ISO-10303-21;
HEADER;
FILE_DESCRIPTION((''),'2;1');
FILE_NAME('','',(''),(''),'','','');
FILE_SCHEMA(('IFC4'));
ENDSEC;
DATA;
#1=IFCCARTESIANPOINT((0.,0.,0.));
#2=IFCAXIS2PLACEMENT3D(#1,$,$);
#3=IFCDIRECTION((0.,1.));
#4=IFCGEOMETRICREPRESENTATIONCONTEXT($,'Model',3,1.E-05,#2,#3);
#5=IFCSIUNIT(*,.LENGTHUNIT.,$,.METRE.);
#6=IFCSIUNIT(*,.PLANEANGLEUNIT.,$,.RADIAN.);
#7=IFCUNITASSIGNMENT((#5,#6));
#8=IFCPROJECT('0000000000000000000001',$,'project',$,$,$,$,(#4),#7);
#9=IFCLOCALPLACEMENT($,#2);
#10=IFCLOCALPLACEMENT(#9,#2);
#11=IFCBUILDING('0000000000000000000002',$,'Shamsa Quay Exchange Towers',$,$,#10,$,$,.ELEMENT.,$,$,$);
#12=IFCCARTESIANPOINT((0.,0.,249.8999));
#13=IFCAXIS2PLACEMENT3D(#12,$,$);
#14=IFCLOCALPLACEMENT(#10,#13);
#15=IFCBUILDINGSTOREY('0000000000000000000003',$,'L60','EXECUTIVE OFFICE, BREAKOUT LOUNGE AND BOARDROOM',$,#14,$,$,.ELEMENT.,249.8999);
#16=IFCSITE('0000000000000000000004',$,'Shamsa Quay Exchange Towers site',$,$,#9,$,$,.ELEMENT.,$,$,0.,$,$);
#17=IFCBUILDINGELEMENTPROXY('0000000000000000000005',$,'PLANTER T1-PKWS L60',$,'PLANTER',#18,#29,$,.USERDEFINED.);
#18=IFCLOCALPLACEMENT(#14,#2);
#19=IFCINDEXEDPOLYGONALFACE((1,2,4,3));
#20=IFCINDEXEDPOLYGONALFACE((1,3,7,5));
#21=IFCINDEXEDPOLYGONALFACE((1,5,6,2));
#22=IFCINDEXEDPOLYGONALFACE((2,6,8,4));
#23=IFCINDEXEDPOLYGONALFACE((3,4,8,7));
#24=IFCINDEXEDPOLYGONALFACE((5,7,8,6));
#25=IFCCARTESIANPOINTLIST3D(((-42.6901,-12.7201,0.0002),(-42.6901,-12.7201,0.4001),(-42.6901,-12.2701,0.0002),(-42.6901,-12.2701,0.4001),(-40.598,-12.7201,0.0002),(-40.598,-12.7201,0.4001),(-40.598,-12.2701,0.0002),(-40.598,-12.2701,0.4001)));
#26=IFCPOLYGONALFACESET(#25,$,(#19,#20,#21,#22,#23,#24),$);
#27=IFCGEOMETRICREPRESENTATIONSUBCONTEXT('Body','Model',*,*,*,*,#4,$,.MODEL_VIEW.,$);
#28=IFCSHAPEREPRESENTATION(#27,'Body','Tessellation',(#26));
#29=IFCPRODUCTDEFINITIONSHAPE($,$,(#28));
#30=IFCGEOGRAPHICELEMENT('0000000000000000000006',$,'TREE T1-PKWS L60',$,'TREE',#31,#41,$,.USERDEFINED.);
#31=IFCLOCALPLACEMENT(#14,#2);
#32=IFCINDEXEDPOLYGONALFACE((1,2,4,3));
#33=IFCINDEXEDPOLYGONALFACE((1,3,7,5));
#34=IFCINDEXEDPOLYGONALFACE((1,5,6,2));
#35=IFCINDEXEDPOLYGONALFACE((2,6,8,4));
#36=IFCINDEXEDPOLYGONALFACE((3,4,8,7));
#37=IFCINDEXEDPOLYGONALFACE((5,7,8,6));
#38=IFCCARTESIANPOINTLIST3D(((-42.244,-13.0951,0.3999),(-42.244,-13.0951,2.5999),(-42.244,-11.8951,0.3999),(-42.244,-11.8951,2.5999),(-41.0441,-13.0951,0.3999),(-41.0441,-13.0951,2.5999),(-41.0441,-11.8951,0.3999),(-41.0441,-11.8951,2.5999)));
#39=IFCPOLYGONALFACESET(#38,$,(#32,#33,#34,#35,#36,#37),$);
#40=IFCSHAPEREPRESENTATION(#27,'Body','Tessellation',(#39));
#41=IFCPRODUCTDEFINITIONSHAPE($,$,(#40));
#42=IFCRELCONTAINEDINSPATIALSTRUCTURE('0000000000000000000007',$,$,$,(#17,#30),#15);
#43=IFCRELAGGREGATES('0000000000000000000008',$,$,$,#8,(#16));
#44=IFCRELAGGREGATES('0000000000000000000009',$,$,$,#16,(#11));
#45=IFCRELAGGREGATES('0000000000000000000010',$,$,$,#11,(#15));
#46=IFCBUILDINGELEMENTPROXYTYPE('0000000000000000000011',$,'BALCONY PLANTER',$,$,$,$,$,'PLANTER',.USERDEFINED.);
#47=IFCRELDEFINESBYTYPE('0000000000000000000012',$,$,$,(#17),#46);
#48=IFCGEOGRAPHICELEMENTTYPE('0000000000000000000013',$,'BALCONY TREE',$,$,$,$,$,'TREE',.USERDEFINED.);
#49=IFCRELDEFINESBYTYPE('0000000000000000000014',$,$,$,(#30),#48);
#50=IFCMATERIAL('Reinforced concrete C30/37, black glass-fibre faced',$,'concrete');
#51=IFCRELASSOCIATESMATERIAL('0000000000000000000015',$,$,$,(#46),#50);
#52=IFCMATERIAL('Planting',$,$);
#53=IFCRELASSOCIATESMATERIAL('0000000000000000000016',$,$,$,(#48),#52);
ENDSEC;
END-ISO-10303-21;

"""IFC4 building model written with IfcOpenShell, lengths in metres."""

from ifc_helpers import new_model, si_unit, direction, frame, origin, origin_2d, place, context, subcontext, project, spatial, rectangle, extrude, material, type_object, element, save


model = new_model("IFC4")

# Units and contexts
model_context = context("Model", 3, precision=1e-05, world=origin(), true_north=direction((0.0, 1.0)))
body_context = subcontext(model_context, "Body", "Model", "MODEL_VIEW")
ifc_project = project(units=[si_unit("LENGTHUNIT", "METRE"), si_unit("PLANEANGLEUNIT", "RADIAN")], contexts=[model_context])

# Site, building, storey
site_placement = place(None, origin())
site = spatial("IfcSite", under=ifc_project, at=site_placement, Name="Shamsa Quay Exchange Towers site", CompositionType="ELEMENT", RefElevation=0.0)
building_placement = place(site_placement, origin())
building = spatial("IfcBuilding", under=site, at=building_placement, Name="Shamsa Quay Exchange Towers", CompositionType="ELEMENT")
storey_placement = place(building_placement, frame((0.0, 0.0, 249.8999)))
storey = spatial("IfcBuildingStorey", under=building, at=storey_placement, Name="L60", Description="EXECUTIVE OFFICE, BREAKOUT LOUNGE AND BOARDROOM", CompositionType="ELEMENT", Elevation=249.8999)

# Building element proxy
ifc_material_1 = material(Name="Reinforced concrete C30/37, black glass-fibre faced", Category="concrete")
building_element_proxy_type = type_object("IfcBuildingElementProxyType", Name="BALCONY PLANTER", ElementType="PLANTER", PredefinedType="USERDEFINED", material=ifc_material_1)
proxy_placement = place(storey_placement, frame((-41.644, -12.4951, 0.0002)))
element("IfcBuildingElementProxy", 1, at=proxy_placement, inside=storey, type_object=building_element_proxy_type, Name="PLANTER T1-PKWS L60", ObjectType="PLANTER", PredefinedType="USERDEFINED", context=body_context, shape_type="SweptSolid", body=[
    extrude(rectangle(XDim=2.092, YDim=0.45, at=origin_2d()), origin(), (0.0, 0.0, 1.0), 0.3999),
])

# Geographic element
ifc_material_2 = material(Name="Planting")
geographic_element_type = type_object("IfcGeographicElementType", Name="BALCONY TREE", ElementType="TREE", PredefinedType="USERDEFINED", material=ifc_material_2)
geographic_element_placement = place(storey_placement, frame((-41.644, -12.4951, 0.3999)))
element("IfcGeographicElement", 2, at=geographic_element_placement, inside=storey, type_object=geographic_element_type, Name="TREE T1-PKWS L60", ObjectType="TREE", PredefinedType="USERDEFINED", context=body_context, shape_type="SweptSolid", body=[
    extrude(rectangle(XDim=1.2, YDim=1.2, at=origin_2d()), origin(), (0.0, 0.0, 1.0), 2.2),
])

save(model, "model.ifc")
